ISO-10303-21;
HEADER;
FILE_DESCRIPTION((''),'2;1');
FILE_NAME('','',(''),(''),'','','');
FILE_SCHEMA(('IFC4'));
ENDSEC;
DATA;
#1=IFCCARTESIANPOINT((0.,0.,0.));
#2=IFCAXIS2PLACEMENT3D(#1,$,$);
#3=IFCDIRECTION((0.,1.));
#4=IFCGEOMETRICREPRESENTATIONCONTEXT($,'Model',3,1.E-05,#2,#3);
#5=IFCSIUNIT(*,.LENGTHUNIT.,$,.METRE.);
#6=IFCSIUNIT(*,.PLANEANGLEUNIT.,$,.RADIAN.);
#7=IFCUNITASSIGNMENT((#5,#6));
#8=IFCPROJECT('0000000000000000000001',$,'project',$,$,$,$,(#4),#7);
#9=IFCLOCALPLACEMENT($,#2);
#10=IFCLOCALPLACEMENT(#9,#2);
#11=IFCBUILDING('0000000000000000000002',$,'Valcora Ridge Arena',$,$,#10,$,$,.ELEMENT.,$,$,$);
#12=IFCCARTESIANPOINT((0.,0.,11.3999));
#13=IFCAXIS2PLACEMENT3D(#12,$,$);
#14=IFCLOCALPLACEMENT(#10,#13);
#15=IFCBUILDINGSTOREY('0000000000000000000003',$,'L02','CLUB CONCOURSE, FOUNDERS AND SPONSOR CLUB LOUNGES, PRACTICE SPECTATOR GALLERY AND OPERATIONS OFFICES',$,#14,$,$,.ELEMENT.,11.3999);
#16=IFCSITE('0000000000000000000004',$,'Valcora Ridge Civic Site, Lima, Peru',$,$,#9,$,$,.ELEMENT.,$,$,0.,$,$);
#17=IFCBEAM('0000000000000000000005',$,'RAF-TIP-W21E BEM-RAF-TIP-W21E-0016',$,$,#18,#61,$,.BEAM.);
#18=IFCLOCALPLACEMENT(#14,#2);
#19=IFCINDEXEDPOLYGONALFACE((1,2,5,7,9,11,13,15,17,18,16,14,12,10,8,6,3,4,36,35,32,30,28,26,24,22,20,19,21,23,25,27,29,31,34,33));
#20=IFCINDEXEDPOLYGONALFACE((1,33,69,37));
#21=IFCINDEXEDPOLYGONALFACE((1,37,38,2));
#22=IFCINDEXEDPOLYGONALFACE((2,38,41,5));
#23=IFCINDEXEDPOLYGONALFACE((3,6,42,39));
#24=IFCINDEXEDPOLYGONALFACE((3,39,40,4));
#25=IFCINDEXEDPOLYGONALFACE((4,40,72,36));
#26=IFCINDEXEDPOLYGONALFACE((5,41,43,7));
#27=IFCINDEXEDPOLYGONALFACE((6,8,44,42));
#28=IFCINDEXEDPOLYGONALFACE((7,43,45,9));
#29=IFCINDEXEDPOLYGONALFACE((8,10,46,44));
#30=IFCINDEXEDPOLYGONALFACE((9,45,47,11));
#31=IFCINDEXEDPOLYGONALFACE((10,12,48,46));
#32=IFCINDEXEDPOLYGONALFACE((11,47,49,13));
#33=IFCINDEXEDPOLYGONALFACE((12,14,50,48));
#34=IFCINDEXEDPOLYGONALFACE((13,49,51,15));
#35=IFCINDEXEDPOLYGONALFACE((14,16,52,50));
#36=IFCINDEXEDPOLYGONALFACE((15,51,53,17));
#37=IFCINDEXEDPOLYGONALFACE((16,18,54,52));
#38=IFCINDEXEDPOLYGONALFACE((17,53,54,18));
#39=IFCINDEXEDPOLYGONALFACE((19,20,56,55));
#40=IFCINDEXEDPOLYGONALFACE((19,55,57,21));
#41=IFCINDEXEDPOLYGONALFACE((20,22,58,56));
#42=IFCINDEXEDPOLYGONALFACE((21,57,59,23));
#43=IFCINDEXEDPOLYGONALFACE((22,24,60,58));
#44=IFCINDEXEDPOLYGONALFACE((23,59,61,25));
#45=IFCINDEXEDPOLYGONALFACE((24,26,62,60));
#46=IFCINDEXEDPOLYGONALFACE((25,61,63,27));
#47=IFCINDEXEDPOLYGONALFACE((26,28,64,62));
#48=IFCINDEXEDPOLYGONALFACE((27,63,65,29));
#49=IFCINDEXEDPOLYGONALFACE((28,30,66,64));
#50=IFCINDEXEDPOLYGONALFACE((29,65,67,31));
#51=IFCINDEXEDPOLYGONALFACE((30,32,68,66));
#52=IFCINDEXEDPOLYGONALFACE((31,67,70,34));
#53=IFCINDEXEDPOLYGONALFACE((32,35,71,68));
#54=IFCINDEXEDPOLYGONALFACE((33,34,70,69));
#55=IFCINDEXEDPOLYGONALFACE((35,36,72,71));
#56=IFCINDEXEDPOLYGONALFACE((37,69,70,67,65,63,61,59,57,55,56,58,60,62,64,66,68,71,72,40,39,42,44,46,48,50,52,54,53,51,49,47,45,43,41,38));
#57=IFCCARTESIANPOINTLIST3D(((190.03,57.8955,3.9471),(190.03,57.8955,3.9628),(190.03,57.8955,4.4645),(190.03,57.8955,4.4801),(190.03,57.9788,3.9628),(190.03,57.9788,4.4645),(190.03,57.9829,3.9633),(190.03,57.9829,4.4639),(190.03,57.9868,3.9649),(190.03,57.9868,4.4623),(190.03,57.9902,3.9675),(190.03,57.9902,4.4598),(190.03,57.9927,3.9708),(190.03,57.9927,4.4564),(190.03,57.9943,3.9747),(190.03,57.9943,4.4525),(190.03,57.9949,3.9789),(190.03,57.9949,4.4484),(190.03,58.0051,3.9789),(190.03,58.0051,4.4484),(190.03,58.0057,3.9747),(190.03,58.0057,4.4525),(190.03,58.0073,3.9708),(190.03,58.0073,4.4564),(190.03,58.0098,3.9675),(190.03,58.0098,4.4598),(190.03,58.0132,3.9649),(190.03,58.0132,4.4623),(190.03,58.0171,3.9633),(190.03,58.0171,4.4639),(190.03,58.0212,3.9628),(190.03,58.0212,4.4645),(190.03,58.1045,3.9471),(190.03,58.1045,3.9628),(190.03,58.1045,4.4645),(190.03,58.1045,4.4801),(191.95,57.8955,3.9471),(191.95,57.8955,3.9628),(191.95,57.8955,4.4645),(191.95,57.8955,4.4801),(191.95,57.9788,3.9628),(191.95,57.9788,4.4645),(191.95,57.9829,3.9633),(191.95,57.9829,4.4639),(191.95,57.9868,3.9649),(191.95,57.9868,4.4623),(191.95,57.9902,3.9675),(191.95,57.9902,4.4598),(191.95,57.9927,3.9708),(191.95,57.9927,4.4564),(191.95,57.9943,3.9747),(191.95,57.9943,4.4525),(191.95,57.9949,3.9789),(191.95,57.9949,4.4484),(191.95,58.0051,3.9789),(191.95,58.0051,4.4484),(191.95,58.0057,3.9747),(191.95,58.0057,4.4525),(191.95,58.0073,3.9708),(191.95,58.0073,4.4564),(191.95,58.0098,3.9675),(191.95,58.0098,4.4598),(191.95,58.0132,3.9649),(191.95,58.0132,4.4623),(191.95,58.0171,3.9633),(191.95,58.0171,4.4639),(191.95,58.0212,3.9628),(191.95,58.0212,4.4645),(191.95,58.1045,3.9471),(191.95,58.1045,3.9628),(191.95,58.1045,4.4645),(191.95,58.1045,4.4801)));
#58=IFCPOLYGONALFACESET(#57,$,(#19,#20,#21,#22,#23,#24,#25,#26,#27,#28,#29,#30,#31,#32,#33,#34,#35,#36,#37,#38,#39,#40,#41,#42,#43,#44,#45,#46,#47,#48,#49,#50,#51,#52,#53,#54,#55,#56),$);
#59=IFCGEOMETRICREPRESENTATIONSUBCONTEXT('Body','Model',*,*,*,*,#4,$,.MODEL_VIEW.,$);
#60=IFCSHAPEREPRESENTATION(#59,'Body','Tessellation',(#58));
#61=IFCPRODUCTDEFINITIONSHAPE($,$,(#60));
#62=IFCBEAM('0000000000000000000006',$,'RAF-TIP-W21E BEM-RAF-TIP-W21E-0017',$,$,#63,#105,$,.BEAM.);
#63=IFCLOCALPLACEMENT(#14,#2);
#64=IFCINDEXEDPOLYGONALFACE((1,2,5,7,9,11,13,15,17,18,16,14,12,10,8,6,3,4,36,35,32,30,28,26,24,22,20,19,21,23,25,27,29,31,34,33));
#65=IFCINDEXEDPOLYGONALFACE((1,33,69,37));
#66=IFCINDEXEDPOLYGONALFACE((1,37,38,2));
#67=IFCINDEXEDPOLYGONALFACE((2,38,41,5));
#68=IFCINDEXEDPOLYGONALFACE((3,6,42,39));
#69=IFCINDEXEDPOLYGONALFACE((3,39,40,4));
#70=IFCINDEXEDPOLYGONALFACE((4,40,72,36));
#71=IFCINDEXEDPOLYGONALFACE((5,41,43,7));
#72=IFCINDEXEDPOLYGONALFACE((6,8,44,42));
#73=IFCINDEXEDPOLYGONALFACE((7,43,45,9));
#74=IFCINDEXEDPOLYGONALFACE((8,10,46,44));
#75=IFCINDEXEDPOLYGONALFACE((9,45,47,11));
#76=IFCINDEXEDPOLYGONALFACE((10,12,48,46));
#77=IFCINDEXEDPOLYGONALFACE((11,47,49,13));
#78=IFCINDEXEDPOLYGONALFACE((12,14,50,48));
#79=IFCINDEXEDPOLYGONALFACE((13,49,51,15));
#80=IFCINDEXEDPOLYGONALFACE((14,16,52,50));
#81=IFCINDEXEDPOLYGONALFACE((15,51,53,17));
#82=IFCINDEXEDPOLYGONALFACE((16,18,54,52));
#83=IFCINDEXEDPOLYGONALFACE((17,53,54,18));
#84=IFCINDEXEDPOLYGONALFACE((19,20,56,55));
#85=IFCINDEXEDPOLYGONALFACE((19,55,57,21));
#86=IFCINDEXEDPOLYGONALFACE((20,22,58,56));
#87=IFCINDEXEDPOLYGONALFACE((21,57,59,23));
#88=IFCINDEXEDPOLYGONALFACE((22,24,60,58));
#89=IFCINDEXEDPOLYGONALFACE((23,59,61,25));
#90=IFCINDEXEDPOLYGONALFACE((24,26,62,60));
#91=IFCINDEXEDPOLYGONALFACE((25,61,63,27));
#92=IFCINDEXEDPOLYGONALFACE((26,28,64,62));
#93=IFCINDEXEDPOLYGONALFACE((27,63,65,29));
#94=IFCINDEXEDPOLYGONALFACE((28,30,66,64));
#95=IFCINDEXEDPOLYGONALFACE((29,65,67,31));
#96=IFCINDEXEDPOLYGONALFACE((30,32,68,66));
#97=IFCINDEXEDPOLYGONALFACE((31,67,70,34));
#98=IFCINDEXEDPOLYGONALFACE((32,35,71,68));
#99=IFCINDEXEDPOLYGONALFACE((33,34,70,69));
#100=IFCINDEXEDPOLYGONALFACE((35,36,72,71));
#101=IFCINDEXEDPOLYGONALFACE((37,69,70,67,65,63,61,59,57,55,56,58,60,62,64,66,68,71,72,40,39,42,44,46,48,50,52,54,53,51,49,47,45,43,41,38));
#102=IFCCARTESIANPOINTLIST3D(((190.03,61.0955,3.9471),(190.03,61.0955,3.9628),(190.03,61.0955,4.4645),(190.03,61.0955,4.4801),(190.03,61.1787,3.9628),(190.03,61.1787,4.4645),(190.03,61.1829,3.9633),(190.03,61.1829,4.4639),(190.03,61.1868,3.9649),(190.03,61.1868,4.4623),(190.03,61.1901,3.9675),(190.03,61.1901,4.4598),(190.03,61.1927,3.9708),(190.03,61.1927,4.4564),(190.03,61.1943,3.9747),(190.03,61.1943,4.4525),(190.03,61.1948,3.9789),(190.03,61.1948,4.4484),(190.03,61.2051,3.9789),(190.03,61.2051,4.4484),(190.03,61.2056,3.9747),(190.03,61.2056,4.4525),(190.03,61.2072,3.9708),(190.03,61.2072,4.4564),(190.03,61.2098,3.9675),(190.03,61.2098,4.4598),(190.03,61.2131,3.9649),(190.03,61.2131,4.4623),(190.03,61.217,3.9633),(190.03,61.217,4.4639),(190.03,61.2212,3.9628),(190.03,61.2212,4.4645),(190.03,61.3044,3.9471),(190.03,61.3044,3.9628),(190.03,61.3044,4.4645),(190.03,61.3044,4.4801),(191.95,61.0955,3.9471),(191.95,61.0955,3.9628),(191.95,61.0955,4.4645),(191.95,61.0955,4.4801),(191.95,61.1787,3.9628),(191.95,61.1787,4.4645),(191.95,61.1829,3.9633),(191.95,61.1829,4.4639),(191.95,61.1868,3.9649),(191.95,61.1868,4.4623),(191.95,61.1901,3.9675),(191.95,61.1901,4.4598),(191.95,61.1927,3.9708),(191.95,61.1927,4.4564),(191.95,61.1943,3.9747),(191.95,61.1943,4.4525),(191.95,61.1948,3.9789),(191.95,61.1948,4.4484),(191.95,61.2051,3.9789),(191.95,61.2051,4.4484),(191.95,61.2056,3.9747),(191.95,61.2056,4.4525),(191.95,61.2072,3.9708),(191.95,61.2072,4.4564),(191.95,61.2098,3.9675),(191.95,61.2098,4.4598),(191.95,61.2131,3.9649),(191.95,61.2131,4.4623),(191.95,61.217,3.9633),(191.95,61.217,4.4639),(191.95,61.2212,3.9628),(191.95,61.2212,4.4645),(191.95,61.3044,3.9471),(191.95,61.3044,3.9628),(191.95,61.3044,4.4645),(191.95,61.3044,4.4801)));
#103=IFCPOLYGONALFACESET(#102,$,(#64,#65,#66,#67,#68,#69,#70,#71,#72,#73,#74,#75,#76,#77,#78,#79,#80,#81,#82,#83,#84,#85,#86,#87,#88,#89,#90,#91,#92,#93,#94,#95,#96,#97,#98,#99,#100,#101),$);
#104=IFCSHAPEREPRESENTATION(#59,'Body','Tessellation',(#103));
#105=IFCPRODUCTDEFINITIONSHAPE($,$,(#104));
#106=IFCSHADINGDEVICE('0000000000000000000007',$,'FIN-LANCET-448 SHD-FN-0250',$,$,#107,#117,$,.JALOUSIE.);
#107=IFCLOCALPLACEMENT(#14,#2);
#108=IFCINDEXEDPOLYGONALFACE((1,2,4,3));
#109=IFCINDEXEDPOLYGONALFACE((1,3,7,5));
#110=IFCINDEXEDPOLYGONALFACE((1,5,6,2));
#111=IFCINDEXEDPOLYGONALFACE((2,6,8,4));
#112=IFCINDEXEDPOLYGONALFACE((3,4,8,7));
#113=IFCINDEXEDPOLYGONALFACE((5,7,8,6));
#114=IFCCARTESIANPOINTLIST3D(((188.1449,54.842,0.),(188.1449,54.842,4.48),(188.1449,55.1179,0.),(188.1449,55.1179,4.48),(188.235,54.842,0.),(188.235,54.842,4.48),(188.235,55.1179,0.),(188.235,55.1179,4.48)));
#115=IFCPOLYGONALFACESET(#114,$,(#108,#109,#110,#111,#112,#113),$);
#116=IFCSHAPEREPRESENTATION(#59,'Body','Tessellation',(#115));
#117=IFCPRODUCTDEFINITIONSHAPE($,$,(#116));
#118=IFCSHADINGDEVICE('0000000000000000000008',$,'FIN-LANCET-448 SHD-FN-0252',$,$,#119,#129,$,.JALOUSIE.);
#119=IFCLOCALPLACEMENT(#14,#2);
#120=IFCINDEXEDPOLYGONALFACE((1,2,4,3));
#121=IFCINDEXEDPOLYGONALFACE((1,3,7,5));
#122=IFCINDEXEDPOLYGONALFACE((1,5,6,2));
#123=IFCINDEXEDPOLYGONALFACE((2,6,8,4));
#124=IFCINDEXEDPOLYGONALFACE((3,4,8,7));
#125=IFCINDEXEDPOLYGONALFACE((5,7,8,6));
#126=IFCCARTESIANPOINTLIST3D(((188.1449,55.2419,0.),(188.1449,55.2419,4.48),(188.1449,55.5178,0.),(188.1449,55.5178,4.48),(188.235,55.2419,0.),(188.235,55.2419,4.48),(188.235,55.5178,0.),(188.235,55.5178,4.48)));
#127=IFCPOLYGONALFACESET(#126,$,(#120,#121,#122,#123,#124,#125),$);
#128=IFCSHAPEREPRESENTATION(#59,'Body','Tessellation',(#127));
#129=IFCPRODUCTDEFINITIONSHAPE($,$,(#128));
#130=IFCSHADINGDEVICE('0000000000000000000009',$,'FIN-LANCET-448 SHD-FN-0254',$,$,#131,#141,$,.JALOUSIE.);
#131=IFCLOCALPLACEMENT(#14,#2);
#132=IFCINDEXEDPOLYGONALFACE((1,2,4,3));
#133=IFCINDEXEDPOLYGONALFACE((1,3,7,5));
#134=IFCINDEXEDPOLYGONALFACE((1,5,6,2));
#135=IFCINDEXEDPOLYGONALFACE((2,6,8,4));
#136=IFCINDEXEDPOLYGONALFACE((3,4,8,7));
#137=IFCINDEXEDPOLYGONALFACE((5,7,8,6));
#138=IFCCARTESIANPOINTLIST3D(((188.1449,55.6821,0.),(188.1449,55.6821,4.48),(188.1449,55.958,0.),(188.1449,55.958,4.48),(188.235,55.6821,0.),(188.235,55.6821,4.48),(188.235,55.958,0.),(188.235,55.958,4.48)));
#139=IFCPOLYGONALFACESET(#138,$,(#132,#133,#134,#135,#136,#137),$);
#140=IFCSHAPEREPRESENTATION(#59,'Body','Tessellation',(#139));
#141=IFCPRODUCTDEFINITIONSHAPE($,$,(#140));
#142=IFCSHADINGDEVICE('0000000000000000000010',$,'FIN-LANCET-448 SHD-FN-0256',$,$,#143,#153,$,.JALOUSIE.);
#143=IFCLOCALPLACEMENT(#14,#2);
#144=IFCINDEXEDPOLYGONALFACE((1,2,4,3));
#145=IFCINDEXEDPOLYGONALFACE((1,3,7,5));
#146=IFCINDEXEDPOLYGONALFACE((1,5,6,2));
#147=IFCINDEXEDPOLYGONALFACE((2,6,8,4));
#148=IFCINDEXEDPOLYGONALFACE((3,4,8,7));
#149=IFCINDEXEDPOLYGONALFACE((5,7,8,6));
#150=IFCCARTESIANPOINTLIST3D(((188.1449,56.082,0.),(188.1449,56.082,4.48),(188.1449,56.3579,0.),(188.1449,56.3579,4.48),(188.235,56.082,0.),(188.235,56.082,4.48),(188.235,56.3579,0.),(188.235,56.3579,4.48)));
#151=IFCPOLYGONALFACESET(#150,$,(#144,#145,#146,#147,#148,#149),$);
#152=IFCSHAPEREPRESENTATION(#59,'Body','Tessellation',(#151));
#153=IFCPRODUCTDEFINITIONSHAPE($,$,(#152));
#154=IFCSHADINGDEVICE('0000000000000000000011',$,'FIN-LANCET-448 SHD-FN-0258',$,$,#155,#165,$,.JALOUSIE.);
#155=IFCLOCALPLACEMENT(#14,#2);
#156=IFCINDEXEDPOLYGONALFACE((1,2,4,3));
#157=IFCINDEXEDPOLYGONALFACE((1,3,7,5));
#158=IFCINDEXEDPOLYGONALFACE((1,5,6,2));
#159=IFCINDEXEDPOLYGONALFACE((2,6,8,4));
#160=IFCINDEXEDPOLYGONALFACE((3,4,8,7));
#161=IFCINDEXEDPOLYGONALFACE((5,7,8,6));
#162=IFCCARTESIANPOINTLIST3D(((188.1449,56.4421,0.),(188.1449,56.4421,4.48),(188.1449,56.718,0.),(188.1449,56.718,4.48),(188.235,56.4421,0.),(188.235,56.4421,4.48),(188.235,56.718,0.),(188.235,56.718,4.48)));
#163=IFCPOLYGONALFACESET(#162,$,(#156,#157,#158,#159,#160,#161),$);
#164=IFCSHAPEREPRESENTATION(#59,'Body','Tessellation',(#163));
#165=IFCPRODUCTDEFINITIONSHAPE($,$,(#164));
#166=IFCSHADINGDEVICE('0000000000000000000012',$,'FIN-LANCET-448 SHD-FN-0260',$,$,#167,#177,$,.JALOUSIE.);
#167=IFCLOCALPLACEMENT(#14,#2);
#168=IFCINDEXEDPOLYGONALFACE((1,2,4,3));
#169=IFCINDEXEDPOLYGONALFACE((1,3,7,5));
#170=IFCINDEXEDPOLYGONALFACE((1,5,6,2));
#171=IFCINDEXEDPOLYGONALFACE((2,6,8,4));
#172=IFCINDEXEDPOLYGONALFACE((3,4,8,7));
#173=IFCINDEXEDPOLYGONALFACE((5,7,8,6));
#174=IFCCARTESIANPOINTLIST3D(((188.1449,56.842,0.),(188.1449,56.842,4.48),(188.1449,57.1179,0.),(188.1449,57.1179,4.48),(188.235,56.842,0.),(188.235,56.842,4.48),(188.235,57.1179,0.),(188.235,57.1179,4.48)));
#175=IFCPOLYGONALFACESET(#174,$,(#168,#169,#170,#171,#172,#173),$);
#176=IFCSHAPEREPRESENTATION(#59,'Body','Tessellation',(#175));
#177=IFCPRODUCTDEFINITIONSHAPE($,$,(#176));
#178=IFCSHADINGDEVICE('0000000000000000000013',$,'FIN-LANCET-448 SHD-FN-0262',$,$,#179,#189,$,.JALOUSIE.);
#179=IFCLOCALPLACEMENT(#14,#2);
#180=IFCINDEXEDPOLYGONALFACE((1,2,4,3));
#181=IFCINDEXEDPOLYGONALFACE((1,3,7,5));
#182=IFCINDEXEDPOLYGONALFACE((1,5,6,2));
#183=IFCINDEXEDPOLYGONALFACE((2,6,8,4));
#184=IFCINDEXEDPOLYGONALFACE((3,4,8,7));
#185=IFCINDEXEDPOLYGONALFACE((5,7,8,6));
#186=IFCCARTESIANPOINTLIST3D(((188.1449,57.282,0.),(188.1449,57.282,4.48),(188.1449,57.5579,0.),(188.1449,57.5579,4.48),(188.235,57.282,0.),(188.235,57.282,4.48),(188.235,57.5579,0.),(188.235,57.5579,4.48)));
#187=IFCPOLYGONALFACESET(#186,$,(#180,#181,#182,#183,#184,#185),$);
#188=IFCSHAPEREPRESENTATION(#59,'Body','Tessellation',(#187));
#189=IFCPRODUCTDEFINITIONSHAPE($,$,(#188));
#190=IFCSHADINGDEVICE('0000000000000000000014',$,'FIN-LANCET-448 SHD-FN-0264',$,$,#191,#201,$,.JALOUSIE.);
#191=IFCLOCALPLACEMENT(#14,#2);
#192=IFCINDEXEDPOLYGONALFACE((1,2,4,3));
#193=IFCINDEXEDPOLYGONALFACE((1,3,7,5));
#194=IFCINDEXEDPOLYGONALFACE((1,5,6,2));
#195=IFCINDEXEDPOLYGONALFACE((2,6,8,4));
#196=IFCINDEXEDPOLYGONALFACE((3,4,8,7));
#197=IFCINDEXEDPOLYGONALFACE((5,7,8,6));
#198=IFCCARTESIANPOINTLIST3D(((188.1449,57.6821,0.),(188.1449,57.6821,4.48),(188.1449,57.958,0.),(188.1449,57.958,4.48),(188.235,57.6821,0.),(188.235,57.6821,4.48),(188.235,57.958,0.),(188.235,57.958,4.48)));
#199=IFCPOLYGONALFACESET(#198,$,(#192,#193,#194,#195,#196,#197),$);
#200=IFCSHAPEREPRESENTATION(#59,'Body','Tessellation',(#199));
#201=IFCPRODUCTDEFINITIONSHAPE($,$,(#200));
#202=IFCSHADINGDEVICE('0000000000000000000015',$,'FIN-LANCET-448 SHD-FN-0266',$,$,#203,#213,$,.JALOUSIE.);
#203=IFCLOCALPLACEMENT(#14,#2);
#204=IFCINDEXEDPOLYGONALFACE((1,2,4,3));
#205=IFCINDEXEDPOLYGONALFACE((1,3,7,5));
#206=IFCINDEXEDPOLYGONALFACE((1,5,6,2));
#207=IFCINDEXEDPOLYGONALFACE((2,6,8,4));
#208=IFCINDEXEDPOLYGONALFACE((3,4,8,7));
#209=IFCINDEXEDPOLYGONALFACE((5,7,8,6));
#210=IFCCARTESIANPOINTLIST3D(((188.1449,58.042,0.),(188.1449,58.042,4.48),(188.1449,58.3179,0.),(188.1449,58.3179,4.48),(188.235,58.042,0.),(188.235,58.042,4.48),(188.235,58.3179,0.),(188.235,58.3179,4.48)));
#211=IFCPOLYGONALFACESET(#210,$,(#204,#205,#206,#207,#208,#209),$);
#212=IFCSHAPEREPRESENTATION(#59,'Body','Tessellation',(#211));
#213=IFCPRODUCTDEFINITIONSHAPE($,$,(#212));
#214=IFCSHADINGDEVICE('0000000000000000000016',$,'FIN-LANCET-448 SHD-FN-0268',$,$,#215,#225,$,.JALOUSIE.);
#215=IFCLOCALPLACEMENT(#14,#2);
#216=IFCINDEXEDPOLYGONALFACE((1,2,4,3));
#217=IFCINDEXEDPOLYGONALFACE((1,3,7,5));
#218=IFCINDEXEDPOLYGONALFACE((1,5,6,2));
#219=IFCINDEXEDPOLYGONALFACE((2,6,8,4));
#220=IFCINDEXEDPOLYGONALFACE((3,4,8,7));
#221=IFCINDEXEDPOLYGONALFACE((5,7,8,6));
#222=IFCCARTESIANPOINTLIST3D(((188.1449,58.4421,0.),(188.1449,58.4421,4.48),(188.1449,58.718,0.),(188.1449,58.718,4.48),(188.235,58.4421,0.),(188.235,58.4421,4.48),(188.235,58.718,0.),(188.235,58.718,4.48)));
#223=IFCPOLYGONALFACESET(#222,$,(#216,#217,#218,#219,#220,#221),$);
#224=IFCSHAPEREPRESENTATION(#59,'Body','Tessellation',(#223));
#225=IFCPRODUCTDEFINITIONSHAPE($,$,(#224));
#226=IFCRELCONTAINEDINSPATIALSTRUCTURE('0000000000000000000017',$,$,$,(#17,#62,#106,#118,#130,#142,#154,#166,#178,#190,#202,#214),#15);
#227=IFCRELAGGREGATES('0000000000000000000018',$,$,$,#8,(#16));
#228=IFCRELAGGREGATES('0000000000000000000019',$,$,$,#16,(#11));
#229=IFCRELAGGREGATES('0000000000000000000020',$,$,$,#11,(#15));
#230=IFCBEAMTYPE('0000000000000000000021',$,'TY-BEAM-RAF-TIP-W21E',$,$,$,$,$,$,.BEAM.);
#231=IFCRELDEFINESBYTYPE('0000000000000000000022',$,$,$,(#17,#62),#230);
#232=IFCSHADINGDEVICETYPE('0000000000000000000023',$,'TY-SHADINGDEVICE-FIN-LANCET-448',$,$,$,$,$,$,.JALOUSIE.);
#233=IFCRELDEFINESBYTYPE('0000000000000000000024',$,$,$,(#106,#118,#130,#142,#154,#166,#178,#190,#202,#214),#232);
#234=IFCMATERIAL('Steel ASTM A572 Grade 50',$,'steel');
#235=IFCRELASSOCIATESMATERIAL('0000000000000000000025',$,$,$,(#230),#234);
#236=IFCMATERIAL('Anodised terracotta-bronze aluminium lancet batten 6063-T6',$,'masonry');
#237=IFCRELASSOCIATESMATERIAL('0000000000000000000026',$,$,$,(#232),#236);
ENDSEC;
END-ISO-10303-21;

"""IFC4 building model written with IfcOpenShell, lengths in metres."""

from ifc_helpers import new_model, si_unit, direction, frame, origin, origin_2d, place, context, subcontext, project, spatial, rectangle, i_section, extrude, material, material_profile, profile_set, type_object, element, save


model = new_model("IFC4")

# Units and contexts
model_context = context("Model", 3, precision=1e-05, world=origin(), true_north=direction((0.0, 1.0)))
body_context = subcontext(model_context, "Body", "Model", "MODEL_VIEW")
ifc_project = project(units=[si_unit("LENGTHUNIT", "METRE"), si_unit("PLANEANGLEUNIT", "RADIAN")], contexts=[model_context])

# Site, building, storey
site_placement = place(None, origin())
site = spatial("IfcSite", under=ifc_project, at=site_placement, Name="Valcora Ridge Civic Site, Lima, Peru", CompositionType="ELEMENT", RefElevation=0.0)
building_placement = place(site_placement, origin())
building = spatial("IfcBuilding", under=site, at=building_placement, Name="Valcora Ridge Arena", CompositionType="ELEMENT")
storey_placement = place(building_placement, frame((0.0, 0.0, 11.3999)))
storey = spatial("IfcBuildingStorey", under=building, at=storey_placement, Name="L02", Description="CLUB CONCOURSE, FOUNDERS AND SPONSOR CLUB LOUNGES, PRACTICE SPECTATOR GALLERY AND OPERATIONS OFFICES", CompositionType="ELEMENT", Elevation=11.3999)

# Beams
ifc_material_1 = material(Name="Steel ASTM A572 Grade 50", Category="steel")
ifc_material_profile_1 = material_profile(ifc_material_1, i_section(OverallWidth=0.209, OverallDepth=0.533, WebThickness=0.0103, FlangeThickness=0.0156, FilletRadius=0.0161, at=origin_2d()), Name="W21X62")
ifc_profile_set_1 = profile_set([ifc_material_profile_1], Name="Steel ASTM A572 Grade 50")
beam_type = type_object("IfcBeamType", Name="TY-BEAM-RAF-TIP-W21E", PredefinedType="BEAM", material=ifc_profile_set_1)
for number, where, z_axis, x_axis, name in (
    (1, (190.03, 58.0, 4.2136), (1.0, 0.0, 0.0), (0.0, 1.0, 0.0), "RAF-TIP-W21E BEM-RAF-TIP-W21E-0016"),
    (2, (190.03, 61.2, 4.2136), (1.0, 0.0, 0.0), (0.0, 1.0, 0.0), "RAF-TIP-W21E BEM-RAF-TIP-W21E-0017"),
):
    element("IfcBeam", number, at=place(storey_placement, frame(where, z_axis=z_axis, x_axis=x_axis)), inside=storey, type_object=beam_type, Name=name, PredefinedType="BEAM", context=body_context, shape_type="SweptSolid", body=[
        extrude(i_section(OverallWidth=0.209, OverallDepth=0.533, WebThickness=0.0103, FlangeThickness=0.0156, FilletRadius=0.0161, at=origin_2d()), origin(), (0.0, 0.0, 1.0), 1.9199),
    ])

# Shading devices
ifc_material_2 = material(Name="Anodised terracotta-bronze aluminium lancet batten 6063-T6", Category="masonry")
ifc_material_profile_2 = material_profile(ifc_material_2, rectangle(XDim=0.0901, YDim=0.2759, at=origin_2d()), Name="ALU LANCET BATTEN 90x276")
ifc_profile_set_2 = profile_set([ifc_material_profile_2], Name="Anodised terracotta-bronze aluminium lancet batten 6063-T6")
shading_device_type = type_object("IfcShadingDeviceType", Name="TY-SHADINGDEVICE-FIN-LANCET-448", PredefinedType="JALOUSIE", material=ifc_profile_set_2)
for number, where, z_axis, x_axis, name in (
    (3, (188.1899, 54.98, 0.0), (0.0, 0.0, 1.0), (1.0, 0.0, 0.0), "FIN-LANCET-448 SHD-FN-0250"),
    (4, (188.1899, 55.3799, 0.0), (0.0, 0.0, 1.0), (1.0, 0.0, 0.0), "FIN-LANCET-448 SHD-FN-0252"),
    (5, (188.1899, 55.8201, 0.0), (0.0, 0.0, 1.0), (1.0, 0.0, 0.0), "FIN-LANCET-448 SHD-FN-0254"),
    (6, (188.1899, 56.22, 0.0), (0.0, 0.0, 1.0), (1.0, 0.0, 0.0), "FIN-LANCET-448 SHD-FN-0256"),
    (7, (188.1899, 56.5801, 0.0), (0.0, 0.0, 1.0), (1.0, 0.0, 0.0), "FIN-LANCET-448 SHD-FN-0258"),
    (8, (188.1899, 56.98, 0.0), (0.0, 0.0, 1.0), (1.0, 0.0, 0.0), "FIN-LANCET-448 SHD-FN-0260"),
    (9, (188.1899, 57.4199, 0.0), (0.0, 0.0, 1.0), (1.0, 0.0, 0.0), "FIN-LANCET-448 SHD-FN-0262"),
    (10, (188.1899, 57.8201, 0.0), (0.0, 0.0, 1.0), (1.0, 0.0, 0.0), "FIN-LANCET-448 SHD-FN-0264"),
    (11, (188.1899, 58.1799, 0.0), (0.0, 0.0, 1.0), (1.0, 0.0, 0.0), "FIN-LANCET-448 SHD-FN-0266"),
    (12, (188.1899, 58.5801, 0.0), (0.0, 0.0, 1.0), (1.0, 0.0, 0.0), "FIN-LANCET-448 SHD-FN-0268"),
):
    element("IfcShadingDevice", number, at=place(storey_placement, frame(where, z_axis=z_axis, x_axis=x_axis)), inside=storey, type_object=shading_device_type, Name=name, PredefinedType="JALOUSIE", context=body_context, shape_type="SweptSolid", body=[
        extrude(rectangle(XDim=0.0901, YDim=0.2759, at=origin_2d()), origin(), (0.0, 0.0, 1.0), 4.48),
    ])

save(model, "model.ifc")
